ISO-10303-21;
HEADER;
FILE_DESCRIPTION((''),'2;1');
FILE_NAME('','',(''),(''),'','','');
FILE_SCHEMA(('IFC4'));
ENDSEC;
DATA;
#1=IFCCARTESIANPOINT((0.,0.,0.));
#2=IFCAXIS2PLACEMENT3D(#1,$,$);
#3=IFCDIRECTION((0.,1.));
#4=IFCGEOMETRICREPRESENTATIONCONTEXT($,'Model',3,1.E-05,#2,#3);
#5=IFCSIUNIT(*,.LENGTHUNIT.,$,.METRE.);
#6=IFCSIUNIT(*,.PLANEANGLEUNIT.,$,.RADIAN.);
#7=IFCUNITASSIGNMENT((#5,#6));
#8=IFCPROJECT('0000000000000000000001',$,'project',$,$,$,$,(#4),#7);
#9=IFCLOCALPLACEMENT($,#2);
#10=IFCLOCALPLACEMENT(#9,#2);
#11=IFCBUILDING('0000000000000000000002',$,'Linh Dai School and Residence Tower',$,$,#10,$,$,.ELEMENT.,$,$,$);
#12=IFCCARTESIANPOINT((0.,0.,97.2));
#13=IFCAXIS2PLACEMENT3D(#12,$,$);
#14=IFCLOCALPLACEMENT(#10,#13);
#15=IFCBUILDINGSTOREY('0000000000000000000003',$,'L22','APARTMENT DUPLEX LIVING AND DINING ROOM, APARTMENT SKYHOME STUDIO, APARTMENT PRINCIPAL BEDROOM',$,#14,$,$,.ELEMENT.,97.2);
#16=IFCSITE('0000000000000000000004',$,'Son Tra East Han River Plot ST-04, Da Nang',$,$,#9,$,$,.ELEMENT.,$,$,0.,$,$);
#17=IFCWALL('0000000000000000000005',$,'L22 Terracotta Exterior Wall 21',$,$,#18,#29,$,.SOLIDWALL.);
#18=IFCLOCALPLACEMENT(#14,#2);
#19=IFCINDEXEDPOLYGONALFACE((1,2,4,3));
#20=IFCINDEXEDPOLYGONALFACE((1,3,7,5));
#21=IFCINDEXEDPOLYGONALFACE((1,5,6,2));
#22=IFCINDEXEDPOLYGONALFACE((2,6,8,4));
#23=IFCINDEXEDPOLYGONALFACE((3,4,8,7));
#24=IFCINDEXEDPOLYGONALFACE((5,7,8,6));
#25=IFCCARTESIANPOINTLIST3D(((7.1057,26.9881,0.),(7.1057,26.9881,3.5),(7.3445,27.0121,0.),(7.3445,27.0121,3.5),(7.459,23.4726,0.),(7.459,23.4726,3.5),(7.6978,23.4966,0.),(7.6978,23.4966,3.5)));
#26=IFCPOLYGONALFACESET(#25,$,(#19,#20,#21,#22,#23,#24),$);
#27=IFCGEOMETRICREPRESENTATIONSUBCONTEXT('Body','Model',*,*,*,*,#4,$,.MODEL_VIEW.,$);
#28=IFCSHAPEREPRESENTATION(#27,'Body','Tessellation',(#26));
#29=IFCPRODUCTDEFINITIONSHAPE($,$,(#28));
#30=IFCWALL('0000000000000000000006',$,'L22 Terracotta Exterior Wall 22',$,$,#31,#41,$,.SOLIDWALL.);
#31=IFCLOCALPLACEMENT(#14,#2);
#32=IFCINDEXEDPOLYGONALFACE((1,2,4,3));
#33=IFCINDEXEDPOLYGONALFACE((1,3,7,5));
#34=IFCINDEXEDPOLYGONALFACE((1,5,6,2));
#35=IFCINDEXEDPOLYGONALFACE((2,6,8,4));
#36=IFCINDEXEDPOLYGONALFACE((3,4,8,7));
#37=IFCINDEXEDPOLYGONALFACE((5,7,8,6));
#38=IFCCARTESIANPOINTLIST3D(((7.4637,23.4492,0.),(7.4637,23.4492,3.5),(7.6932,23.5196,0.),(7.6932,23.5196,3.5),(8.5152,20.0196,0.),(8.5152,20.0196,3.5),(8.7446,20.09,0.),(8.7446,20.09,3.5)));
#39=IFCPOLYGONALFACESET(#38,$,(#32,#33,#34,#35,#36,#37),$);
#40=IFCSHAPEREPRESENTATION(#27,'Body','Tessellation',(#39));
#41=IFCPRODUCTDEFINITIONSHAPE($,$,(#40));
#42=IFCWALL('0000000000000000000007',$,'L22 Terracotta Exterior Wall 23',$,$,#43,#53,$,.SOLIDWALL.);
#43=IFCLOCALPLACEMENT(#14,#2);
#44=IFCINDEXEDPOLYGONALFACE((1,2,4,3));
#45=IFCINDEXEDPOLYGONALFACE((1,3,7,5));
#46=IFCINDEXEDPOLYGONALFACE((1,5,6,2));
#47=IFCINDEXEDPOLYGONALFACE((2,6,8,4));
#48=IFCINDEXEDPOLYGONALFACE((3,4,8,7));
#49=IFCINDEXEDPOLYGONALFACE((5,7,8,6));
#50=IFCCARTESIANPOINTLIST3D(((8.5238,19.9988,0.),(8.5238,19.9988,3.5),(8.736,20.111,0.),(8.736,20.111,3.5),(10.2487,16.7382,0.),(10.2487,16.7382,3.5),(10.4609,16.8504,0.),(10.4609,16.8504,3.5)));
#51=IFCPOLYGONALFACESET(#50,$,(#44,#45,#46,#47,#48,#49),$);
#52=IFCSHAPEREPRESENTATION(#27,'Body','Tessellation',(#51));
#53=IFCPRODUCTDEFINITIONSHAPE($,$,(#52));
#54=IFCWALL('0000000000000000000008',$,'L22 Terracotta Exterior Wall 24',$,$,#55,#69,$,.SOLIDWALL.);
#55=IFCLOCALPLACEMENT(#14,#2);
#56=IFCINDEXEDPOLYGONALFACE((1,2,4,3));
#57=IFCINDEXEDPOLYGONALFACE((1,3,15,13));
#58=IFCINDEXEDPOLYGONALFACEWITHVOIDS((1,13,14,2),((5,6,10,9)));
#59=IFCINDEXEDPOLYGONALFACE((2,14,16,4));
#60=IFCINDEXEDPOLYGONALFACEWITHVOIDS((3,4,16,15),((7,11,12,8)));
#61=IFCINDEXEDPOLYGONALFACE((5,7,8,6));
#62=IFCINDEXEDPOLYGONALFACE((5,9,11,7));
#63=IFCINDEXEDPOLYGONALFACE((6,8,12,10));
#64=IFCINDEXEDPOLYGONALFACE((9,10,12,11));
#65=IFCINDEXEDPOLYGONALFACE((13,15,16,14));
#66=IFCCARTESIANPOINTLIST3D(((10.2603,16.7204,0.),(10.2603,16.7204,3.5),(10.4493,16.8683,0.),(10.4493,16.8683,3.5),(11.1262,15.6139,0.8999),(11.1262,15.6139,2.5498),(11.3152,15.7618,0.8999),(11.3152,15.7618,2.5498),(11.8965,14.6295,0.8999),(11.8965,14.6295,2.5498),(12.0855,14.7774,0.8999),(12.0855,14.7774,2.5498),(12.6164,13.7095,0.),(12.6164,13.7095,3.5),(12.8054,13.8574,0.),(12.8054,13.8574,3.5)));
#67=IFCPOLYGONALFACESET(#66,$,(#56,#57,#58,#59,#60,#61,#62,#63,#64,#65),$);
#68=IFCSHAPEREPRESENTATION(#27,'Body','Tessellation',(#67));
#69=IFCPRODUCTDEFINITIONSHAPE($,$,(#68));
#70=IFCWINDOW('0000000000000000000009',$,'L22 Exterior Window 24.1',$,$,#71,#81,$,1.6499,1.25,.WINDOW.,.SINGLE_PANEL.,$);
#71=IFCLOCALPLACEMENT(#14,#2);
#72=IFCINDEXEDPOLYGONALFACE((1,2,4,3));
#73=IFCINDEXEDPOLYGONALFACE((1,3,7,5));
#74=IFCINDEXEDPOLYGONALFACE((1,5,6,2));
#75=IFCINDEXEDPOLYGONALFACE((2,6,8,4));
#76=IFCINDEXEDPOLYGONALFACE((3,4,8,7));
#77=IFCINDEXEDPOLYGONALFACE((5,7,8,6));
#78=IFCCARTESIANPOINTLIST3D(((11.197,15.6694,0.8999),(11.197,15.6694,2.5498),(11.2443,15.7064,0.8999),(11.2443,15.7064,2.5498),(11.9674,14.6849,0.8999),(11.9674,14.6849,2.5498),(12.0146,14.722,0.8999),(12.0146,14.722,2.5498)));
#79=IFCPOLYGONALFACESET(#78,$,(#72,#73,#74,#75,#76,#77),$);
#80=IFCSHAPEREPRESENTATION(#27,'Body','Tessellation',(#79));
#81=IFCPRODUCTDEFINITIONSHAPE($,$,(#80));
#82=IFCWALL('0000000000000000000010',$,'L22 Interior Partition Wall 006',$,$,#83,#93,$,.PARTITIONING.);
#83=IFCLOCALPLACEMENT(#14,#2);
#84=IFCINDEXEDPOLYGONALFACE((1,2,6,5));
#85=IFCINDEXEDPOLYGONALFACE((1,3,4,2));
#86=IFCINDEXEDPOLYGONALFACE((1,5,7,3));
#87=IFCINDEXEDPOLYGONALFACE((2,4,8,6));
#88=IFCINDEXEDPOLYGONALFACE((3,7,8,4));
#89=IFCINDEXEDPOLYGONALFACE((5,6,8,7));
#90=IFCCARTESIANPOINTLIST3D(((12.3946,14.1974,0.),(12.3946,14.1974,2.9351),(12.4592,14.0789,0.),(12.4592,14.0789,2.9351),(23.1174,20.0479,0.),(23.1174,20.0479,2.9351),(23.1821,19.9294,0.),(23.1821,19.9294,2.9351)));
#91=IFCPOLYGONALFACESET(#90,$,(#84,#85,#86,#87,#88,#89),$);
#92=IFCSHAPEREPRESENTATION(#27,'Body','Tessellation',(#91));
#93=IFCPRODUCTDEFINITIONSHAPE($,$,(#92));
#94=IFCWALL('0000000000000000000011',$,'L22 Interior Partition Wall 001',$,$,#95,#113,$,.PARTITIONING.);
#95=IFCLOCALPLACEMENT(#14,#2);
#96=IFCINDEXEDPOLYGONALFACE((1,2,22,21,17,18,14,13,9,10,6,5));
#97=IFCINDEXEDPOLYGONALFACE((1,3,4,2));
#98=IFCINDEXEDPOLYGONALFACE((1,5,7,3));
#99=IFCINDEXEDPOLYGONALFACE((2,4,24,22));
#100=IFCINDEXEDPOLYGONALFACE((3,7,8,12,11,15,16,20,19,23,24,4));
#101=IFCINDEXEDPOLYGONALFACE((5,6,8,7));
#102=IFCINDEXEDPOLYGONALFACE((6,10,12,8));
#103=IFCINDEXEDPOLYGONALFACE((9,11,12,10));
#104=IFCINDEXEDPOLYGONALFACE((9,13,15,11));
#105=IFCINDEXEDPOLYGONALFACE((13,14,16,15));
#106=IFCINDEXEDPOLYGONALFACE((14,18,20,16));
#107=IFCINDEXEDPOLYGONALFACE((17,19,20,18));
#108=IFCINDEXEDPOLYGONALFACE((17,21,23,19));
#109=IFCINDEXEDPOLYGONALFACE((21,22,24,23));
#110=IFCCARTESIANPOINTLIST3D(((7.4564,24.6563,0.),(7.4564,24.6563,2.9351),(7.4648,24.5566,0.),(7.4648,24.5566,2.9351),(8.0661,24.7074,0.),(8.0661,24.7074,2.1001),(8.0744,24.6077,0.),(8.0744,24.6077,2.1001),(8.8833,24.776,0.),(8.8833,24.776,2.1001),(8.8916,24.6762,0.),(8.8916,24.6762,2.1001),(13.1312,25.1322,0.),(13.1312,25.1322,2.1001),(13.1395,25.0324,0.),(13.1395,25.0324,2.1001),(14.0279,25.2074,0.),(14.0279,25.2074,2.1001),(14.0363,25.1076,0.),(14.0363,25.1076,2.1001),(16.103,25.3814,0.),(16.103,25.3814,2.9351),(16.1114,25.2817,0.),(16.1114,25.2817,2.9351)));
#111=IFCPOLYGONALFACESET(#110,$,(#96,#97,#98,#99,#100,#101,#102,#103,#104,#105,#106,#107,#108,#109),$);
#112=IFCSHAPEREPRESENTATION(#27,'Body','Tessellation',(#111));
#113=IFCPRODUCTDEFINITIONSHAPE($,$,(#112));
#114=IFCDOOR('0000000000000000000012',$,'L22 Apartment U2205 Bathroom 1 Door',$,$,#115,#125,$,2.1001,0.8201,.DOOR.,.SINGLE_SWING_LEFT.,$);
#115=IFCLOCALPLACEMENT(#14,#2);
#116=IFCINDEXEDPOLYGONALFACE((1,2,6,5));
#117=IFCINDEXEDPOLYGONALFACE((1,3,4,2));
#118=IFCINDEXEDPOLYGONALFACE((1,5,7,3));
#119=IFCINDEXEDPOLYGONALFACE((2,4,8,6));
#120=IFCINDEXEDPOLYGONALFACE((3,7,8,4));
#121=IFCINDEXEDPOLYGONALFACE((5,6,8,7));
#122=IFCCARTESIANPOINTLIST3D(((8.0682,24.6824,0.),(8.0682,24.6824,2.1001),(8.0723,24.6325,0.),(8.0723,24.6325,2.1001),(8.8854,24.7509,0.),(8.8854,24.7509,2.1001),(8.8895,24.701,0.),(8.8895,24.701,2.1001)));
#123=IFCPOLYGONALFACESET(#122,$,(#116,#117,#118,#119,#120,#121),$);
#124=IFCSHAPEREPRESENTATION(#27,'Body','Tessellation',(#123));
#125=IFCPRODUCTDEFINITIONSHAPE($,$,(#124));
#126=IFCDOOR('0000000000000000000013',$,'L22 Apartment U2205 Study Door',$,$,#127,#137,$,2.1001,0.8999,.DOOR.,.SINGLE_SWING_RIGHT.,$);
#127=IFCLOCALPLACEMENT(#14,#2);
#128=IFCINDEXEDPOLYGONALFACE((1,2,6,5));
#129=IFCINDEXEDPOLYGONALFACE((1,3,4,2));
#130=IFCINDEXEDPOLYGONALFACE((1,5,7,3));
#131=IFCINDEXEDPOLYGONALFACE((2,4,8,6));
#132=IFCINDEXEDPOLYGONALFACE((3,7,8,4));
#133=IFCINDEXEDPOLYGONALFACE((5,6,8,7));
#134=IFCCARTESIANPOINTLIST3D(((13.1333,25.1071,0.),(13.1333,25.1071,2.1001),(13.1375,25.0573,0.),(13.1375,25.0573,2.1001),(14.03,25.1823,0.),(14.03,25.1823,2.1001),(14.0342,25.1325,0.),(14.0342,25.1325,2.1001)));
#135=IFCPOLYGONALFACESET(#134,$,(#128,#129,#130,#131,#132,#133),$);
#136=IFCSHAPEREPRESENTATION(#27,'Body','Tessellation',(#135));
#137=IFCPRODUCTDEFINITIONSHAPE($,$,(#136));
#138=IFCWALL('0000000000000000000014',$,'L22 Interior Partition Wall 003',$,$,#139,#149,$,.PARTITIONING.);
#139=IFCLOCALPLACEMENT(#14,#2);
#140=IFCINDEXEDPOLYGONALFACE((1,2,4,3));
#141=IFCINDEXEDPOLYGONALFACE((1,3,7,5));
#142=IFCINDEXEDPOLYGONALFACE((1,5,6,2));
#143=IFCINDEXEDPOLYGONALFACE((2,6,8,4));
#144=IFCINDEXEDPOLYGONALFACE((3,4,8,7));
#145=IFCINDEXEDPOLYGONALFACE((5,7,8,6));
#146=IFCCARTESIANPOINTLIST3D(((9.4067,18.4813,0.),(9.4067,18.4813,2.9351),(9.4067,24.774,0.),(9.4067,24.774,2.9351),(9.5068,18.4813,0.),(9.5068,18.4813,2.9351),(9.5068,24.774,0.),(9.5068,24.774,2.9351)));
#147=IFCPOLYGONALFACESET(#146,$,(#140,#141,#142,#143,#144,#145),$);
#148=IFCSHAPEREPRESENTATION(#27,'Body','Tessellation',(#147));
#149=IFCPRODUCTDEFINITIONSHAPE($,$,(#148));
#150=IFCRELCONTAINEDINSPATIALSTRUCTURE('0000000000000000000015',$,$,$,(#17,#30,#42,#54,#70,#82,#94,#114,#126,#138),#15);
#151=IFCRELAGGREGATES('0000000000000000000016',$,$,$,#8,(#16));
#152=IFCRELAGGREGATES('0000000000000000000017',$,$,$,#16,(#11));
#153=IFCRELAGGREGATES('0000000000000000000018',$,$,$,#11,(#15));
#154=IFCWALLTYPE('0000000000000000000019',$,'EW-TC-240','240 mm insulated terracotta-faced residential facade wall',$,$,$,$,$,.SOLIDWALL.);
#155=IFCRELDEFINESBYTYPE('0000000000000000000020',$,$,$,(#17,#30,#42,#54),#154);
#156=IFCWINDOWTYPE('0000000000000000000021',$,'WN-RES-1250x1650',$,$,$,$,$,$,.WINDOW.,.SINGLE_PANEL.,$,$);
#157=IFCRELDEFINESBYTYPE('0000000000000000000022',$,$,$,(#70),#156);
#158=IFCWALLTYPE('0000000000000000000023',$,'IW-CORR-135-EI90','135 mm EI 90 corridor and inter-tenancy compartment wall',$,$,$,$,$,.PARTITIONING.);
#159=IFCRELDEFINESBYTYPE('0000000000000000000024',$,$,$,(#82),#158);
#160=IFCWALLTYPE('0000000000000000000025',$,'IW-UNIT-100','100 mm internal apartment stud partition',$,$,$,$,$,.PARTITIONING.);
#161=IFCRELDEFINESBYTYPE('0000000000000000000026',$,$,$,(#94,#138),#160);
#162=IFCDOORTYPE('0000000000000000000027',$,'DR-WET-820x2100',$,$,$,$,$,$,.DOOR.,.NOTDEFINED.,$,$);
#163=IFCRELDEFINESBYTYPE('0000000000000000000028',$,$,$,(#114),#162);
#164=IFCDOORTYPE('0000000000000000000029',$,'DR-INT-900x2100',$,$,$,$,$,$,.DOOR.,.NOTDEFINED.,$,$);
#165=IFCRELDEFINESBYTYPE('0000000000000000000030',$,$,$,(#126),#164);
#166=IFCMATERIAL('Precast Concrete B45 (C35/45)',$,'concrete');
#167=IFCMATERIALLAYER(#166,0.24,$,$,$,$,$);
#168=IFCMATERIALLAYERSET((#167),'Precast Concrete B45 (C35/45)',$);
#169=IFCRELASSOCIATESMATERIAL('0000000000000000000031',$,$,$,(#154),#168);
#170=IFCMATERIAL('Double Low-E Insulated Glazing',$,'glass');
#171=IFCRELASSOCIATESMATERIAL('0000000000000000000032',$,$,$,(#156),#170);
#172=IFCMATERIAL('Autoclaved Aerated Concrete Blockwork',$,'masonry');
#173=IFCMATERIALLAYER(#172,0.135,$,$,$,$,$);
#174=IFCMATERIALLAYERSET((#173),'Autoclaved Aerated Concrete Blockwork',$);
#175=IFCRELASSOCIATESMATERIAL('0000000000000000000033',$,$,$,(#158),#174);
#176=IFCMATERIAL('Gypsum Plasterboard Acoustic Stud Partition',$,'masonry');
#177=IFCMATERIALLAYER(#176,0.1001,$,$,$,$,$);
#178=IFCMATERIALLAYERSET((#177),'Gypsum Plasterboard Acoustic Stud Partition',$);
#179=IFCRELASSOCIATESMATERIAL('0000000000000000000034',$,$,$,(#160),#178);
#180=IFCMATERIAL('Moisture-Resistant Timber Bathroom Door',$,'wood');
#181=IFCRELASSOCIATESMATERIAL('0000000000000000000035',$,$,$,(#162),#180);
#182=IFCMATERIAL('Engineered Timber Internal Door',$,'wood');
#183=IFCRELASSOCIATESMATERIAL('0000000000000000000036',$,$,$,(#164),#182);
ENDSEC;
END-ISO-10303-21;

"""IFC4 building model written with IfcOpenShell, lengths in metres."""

from ifc_helpers import new_model, si_unit, direction, frame, frame_2d, origin, origin_2d, place, context, subcontext, project, spatial, rectangle, extrude, source, transform, mapped, material, layer, layer_set, type_object, element, fill, save


model = new_model("IFC4")

# Units and contexts
model_context = context("Model", 3, precision=1e-05, world=origin(), true_north=direction((0.0, 1.0)))
body_context = subcontext(model_context, "Body", "Model", "MODEL_VIEW")
ifc_project = project(units=[si_unit("LENGTHUNIT", "METRE"), si_unit("PLANEANGLEUNIT", "RADIAN")], contexts=[model_context])

# Site, building, storey
site_placement = place(None, origin())
site = spatial("IfcSite", under=ifc_project, at=site_placement, Name="Son Tra East Han River Plot ST-04, Da Nang", CompositionType="ELEMENT", RefElevation=0.0)
building_placement = place(site_placement, origin())
building = spatial("IfcBuilding", under=site, at=building_placement, Name="Linh Dai School and Residence Tower", CompositionType="ELEMENT")
storey_placement = place(building_placement, frame((0.0, 0.0, 97.2)))
storey = spatial("IfcBuildingStorey", under=building, at=storey_placement, Name="L22", Description="APARTMENT DUPLEX LIVING AND DINING ROOM, APARTMENT SKYHOME STUDIO, APARTMENT PRINCIPAL BEDROOM", CompositionType="ELEMENT", Elevation=97.2)

# Shared definitions
ifc_material_1 = material(Name="Precast Concrete B45 (C35/45)", Category="concrete")

# Walls
ifc_layer_1 = layer(ifc_material_1, 0.24)
ifc_layer_set_1 = layer_set([ifc_layer_1], Name="Precast Concrete B45 (C35/45)")
wall_type_1 = type_object("IfcWallType", Name="EW-TC-240", Description="240 mm insulated terracotta-faced residential facade wall", PredefinedType="SOLIDWALL", material=ifc_layer_set_1)
wall_1_placement = place(storey_placement, frame((7.5784, 23.4846, 0.0), z_axis=(0.0, 0.0, 1.0), x_axis=(-0.099989, 0.994988, 0.0)))
element("IfcWall", 1, at=wall_1_placement, inside=storey, type_object=wall_type_1, Name="L22 Terracotta Exterior Wall 21", PredefinedType="SOLIDWALL", context=body_context, shape_type="SweptSolid", body=[
    extrude(rectangle(XDim=3.5332, YDim=0.24, at=frame_2d((1.7666, 0.0))), origin(), (0.0, 0.0, 1.0), 3.5),
])
wall_2_placement = place(storey_placement, frame((8.6299, 20.0549, 0.0), z_axis=(0.0, 0.0, 1.0), x_axis=(-0.293124, 0.956074, 0.0)))
element("IfcWall", 2, at=wall_2_placement, inside=storey, type_object=wall_type_1, Name="L22 Terracotta Exterior Wall 22", PredefinedType="SOLIDWALL", context=body_context, shape_type="SweptSolid", body=[
    extrude(rectangle(XDim=3.5872, YDim=0.24, at=frame_2d((1.7935, 0.0))), origin(), (0.0, 0.0, 1.0), 3.5),
])
wall_3_placement = place(storey_placement, frame((10.3547, 16.7944, 0.0), z_axis=(0.0, 0.0, 1.0), x_axis=(-0.467614, 0.883933, 0.0)))
element("IfcWall", 3, at=wall_3_placement, inside=storey, type_object=wall_type_1, Name="L22 Terracotta Exterior Wall 23", PredefinedType="SOLIDWALL", context=body_context, shape_type="SweptSolid", body=[
    extrude(rectangle(XDim=3.6887, YDim=0.24, at=frame_2d((1.8442, 0.0))), origin(), (0.0, 0.0, 1.0), 3.5),
])

# Wall, opening, window
wall_4_placement = place(storey_placement, frame((12.7109, 13.7834, 0.0), z_axis=(0.0, 0.0, 1.0), x_axis=(-0.616272, 0.787533, 0.0)))
wall_4 = element("IfcWall", 4, at=wall_4_placement, inside=storey, type_object=wall_type_1, Name="L22 Terracotta Exterior Wall 24", PredefinedType="SOLIDWALL", context=body_context, shape_type="SweptSolid", body=[
    extrude(rectangle(XDim=3.8232, YDim=0.24, at=frame_2d((1.9116, 0.0))), origin(), (0.0, 0.0, 1.0), 3.5),
])
opening_1_placement = place(wall_4_placement, frame((1.1682, 0.0, 0.8999)))
opening_1 = element("IfcOpeningElement", 5, at=opening_1_placement, cuts=wall_4, PredefinedType="OPENING", context=body_context, shape_type="SweptSolid", body=[
    extrude(rectangle(XDim=1.25, YDim=1.6499, at=origin_2d()), frame((0.625, 0.1299, 0.825), z_axis=(0.0, -1.0, 0.0), x_axis=(1.0, 0.0, 0.0)), (0.0, 0.0, 1.0), 0.26),
])
ifc_material_2 = material(Name="Double Low-E Insulated Glazing", Category="glass")
window_type = type_object("IfcWindowType", Name="WN-RES-1250x1650", PartitioningType="SINGLE_PANEL", PredefinedType="WINDOW", material=ifc_material_2)
shared_shape_1 = source(origin(), body_context, "Body", "SweptSolid", [
    extrude(rectangle(XDim=1.25, YDim=1.6499, at=origin_2d()), frame((0.625, 0.03, 0.825), z_axis=(0.0, -1.0, 0.0), x_axis=(1.0, 0.0, 0.0)), (0.0, 0.0, 1.0), 0.0601),
])
window_placement = place(opening_1_placement, origin())
window = element("IfcWindow", 6, at=window_placement, inside=storey, type_object=window_type, Name="L22 Exterior Window 24.1", OverallHeight=1.6499, OverallWidth=1.25, PartitioningType="SINGLE_PANEL", PredefinedType="WINDOW", context=body_context, shape_type="MappedRepresentation", body=[
    mapped(shared_shape_1, transform((0.0, 0.0, 0.0), x_axis=(1.0, 0.0, 0.0), y_axis=(0.0, 1.0, 0.0), z_axis=(0.0, 0.0, 1.0), scale=1.0)),
])
fill(opening_1, window)

# Wall
ifc_material_3 = material(Name="Autoclaved Aerated Concrete Blockwork", Category="masonry")
ifc_layer_2 = layer(ifc_material_3, 0.135)
ifc_layer_set_2 = layer_set([ifc_layer_2], Name="Autoclaved Aerated Concrete Blockwork")
wall_type_2 = type_object("IfcWallType", Name="IW-CORR-135-EI90", Description="135 mm EI 90 corridor and inter-tenancy compartment wall", PredefinedType="PARTITIONING", material=ifc_layer_set_2)
wall_5_placement = place(storey_placement, frame((12.427, 14.1382, 0.0), z_axis=(0.0, 0.0, 1.0), x_axis=(0.877836, 0.478961, 0.0)))
element("IfcWall", 7, at=wall_5_placement, inside=storey, type_object=wall_type_2, Name="L22 Interior Partition Wall 006", PredefinedType="PARTITIONING", context=body_context, shape_type="SweptSolid", body=[
    extrude(rectangle(XDim=12.2151, YDim=0.135, at=frame_2d((6.1074, 0.0))), origin(), (0.0, 0.0, 1.0), 2.9351),
])

# Wall, openings, doors
ifc_material_4 = material(Name="Gypsum Plasterboard Acoustic Stud Partition", Category="masonry")
ifc_layer_3 = layer(ifc_material_4, 0.1001)
ifc_layer_set_3 = layer_set([ifc_layer_3], Name="Gypsum Plasterboard Acoustic Stud Partition")
wall_type_3 = type_object("IfcWallType", Name="IW-UNIT-100", Description="100 mm internal apartment stud partition", PredefinedType="PARTITIONING", material=ifc_layer_set_3)
wall_6_placement = place(storey_placement, frame((7.4607, 24.6064, 0.0), z_axis=(0.0, 0.0, 1.0), x_axis=(0.996502, 0.083565, 0.0)))
wall_6 = element("IfcWall", 8, at=wall_6_placement, inside=storey, type_object=wall_type_3, Name="L22 Interior Partition Wall 001", PredefinedType="PARTITIONING", context=body_context, shape_type="SweptSolid", body=[
    extrude(rectangle(XDim=8.677, YDim=0.1001, at=frame_2d((4.3384, 0.0))), origin(), (0.0, 0.0, 1.0), 2.9351),
])
opening_2_placement = place(wall_6_placement, frame((5.6946, 0.0, 0.0)))
opening_2 = element("IfcOpeningElement", 9, at=opening_2_placement, cuts=wall_6, PredefinedType="OPENING", context=body_context, shape_type="SweptSolid", body=[
    extrude(rectangle(XDim=0.8999, YDim=2.1001, at=origin_2d()), frame((0.45, 0.0601, 1.05), z_axis=(0.0, -1.0, 0.0), x_axis=(1.0, 0.0, 0.0)), (0.0, 0.0, 1.0), 0.1201),
])
opening_3_placement = place(wall_6_placement, frame((0.6116, 0.0, 0.0)))
opening_3 = element("IfcOpeningElement", 10, at=opening_3_placement, cuts=wall_6, PredefinedType="OPENING", context=body_context, shape_type="SweptSolid", body=[
    extrude(rectangle(XDim=0.8201, YDim=2.1001, at=origin_2d()), frame((0.4102, 0.0601, 1.05), z_axis=(0.0, -1.0, 0.0), x_axis=(1.0, 0.0, 0.0)), (0.0, 0.0, 1.0), 0.1201),
])
ifc_material_5 = material(Name="Moisture-Resistant Timber Bathroom Door", Category="wood")
door_type_1 = type_object("IfcDoorType", Name="DR-WET-820x2100", OperationType="NOTDEFINED", PredefinedType="DOOR", material=ifc_material_5)
shared_shape_2 = source(origin(), body_context, "Body", "SweptSolid", [
    extrude(rectangle(XDim=0.8201, YDim=2.1001, at=origin_2d()), frame((0.4102, 0.0249, 1.05), z_axis=(0.0, -1.0, 0.0), x_axis=(1.0, 0.0, 0.0)), (0.0, 0.0, 1.0), 0.05),
])
door_1_placement = place(opening_3_placement, origin())
door_1 = element("IfcDoor", 11, at=door_1_placement, inside=storey, type_object=door_type_1, Name="L22 Apartment U2205 Bathroom 1 Door", OperationType="SINGLE_SWING_LEFT", OverallHeight=2.1001, OverallWidth=0.8201, PredefinedType="DOOR", context=body_context, shape_type="MappedRepresentation", body=[
    mapped(shared_shape_2, transform((0.0, 0.0, 0.0), x_axis=(1.0, 0.0, 0.0), y_axis=(0.0, 1.0, 0.0), z_axis=(0.0, 0.0, 1.0), scale=1.0)),
])
fill(opening_3, door_1)
ifc_material_6 = material(Name="Engineered Timber Internal Door", Category="wood")
door_type_2 = type_object("IfcDoorType", Name="DR-INT-900x2100", OperationType="NOTDEFINED", PredefinedType="DOOR", material=ifc_material_6)
shared_shape_3 = source(origin(), body_context, "Body", "SweptSolid", [
    extrude(rectangle(XDim=0.8999, YDim=2.1001, at=origin_2d()), frame((0.45, 0.0249, 1.05), z_axis=(0.0, -1.0, 0.0), x_axis=(1.0, 0.0, 0.0)), (0.0, 0.0, 1.0), 0.05),
])
door_2_placement = place(opening_2_placement, origin())
door_2 = element("IfcDoor", 12, at=door_2_placement, inside=storey, type_object=door_type_2, Name="L22 Apartment U2205 Study Door", OperationType="SINGLE_SWING_RIGHT", OverallHeight=2.1001, OverallWidth=0.8999, PredefinedType="DOOR", context=body_context, shape_type="MappedRepresentation", body=[
    mapped(shared_shape_3, transform((0.0, 0.0, 0.0), x_axis=(1.0, 0.0, 0.0), y_axis=(0.0, 1.0, 0.0), z_axis=(0.0, 0.0, 1.0), scale=1.0)),
])
fill(opening_2, door_2)

# Wall
wall_7_placement = place(storey_placement, frame((9.4568, 18.4812, 0.0), z_axis=(0.0, 0.0, 1.0), x_axis=(0.0, 1.0, 0.0)))
element("IfcWall", 13, at=wall_7_placement, inside=storey, type_object=wall_type_3, Name="L22 Interior Partition Wall 003", PredefinedType="PARTITIONING", context=body_context, shape_type="SweptSolid", body=[
    extrude(rectangle(XDim=6.2927, YDim=0.1001, at=frame_2d((3.1465, 0.0))), origin(), (0.0, 0.0, 1.0), 2.9351),
])

save(model, "model.ifc")
